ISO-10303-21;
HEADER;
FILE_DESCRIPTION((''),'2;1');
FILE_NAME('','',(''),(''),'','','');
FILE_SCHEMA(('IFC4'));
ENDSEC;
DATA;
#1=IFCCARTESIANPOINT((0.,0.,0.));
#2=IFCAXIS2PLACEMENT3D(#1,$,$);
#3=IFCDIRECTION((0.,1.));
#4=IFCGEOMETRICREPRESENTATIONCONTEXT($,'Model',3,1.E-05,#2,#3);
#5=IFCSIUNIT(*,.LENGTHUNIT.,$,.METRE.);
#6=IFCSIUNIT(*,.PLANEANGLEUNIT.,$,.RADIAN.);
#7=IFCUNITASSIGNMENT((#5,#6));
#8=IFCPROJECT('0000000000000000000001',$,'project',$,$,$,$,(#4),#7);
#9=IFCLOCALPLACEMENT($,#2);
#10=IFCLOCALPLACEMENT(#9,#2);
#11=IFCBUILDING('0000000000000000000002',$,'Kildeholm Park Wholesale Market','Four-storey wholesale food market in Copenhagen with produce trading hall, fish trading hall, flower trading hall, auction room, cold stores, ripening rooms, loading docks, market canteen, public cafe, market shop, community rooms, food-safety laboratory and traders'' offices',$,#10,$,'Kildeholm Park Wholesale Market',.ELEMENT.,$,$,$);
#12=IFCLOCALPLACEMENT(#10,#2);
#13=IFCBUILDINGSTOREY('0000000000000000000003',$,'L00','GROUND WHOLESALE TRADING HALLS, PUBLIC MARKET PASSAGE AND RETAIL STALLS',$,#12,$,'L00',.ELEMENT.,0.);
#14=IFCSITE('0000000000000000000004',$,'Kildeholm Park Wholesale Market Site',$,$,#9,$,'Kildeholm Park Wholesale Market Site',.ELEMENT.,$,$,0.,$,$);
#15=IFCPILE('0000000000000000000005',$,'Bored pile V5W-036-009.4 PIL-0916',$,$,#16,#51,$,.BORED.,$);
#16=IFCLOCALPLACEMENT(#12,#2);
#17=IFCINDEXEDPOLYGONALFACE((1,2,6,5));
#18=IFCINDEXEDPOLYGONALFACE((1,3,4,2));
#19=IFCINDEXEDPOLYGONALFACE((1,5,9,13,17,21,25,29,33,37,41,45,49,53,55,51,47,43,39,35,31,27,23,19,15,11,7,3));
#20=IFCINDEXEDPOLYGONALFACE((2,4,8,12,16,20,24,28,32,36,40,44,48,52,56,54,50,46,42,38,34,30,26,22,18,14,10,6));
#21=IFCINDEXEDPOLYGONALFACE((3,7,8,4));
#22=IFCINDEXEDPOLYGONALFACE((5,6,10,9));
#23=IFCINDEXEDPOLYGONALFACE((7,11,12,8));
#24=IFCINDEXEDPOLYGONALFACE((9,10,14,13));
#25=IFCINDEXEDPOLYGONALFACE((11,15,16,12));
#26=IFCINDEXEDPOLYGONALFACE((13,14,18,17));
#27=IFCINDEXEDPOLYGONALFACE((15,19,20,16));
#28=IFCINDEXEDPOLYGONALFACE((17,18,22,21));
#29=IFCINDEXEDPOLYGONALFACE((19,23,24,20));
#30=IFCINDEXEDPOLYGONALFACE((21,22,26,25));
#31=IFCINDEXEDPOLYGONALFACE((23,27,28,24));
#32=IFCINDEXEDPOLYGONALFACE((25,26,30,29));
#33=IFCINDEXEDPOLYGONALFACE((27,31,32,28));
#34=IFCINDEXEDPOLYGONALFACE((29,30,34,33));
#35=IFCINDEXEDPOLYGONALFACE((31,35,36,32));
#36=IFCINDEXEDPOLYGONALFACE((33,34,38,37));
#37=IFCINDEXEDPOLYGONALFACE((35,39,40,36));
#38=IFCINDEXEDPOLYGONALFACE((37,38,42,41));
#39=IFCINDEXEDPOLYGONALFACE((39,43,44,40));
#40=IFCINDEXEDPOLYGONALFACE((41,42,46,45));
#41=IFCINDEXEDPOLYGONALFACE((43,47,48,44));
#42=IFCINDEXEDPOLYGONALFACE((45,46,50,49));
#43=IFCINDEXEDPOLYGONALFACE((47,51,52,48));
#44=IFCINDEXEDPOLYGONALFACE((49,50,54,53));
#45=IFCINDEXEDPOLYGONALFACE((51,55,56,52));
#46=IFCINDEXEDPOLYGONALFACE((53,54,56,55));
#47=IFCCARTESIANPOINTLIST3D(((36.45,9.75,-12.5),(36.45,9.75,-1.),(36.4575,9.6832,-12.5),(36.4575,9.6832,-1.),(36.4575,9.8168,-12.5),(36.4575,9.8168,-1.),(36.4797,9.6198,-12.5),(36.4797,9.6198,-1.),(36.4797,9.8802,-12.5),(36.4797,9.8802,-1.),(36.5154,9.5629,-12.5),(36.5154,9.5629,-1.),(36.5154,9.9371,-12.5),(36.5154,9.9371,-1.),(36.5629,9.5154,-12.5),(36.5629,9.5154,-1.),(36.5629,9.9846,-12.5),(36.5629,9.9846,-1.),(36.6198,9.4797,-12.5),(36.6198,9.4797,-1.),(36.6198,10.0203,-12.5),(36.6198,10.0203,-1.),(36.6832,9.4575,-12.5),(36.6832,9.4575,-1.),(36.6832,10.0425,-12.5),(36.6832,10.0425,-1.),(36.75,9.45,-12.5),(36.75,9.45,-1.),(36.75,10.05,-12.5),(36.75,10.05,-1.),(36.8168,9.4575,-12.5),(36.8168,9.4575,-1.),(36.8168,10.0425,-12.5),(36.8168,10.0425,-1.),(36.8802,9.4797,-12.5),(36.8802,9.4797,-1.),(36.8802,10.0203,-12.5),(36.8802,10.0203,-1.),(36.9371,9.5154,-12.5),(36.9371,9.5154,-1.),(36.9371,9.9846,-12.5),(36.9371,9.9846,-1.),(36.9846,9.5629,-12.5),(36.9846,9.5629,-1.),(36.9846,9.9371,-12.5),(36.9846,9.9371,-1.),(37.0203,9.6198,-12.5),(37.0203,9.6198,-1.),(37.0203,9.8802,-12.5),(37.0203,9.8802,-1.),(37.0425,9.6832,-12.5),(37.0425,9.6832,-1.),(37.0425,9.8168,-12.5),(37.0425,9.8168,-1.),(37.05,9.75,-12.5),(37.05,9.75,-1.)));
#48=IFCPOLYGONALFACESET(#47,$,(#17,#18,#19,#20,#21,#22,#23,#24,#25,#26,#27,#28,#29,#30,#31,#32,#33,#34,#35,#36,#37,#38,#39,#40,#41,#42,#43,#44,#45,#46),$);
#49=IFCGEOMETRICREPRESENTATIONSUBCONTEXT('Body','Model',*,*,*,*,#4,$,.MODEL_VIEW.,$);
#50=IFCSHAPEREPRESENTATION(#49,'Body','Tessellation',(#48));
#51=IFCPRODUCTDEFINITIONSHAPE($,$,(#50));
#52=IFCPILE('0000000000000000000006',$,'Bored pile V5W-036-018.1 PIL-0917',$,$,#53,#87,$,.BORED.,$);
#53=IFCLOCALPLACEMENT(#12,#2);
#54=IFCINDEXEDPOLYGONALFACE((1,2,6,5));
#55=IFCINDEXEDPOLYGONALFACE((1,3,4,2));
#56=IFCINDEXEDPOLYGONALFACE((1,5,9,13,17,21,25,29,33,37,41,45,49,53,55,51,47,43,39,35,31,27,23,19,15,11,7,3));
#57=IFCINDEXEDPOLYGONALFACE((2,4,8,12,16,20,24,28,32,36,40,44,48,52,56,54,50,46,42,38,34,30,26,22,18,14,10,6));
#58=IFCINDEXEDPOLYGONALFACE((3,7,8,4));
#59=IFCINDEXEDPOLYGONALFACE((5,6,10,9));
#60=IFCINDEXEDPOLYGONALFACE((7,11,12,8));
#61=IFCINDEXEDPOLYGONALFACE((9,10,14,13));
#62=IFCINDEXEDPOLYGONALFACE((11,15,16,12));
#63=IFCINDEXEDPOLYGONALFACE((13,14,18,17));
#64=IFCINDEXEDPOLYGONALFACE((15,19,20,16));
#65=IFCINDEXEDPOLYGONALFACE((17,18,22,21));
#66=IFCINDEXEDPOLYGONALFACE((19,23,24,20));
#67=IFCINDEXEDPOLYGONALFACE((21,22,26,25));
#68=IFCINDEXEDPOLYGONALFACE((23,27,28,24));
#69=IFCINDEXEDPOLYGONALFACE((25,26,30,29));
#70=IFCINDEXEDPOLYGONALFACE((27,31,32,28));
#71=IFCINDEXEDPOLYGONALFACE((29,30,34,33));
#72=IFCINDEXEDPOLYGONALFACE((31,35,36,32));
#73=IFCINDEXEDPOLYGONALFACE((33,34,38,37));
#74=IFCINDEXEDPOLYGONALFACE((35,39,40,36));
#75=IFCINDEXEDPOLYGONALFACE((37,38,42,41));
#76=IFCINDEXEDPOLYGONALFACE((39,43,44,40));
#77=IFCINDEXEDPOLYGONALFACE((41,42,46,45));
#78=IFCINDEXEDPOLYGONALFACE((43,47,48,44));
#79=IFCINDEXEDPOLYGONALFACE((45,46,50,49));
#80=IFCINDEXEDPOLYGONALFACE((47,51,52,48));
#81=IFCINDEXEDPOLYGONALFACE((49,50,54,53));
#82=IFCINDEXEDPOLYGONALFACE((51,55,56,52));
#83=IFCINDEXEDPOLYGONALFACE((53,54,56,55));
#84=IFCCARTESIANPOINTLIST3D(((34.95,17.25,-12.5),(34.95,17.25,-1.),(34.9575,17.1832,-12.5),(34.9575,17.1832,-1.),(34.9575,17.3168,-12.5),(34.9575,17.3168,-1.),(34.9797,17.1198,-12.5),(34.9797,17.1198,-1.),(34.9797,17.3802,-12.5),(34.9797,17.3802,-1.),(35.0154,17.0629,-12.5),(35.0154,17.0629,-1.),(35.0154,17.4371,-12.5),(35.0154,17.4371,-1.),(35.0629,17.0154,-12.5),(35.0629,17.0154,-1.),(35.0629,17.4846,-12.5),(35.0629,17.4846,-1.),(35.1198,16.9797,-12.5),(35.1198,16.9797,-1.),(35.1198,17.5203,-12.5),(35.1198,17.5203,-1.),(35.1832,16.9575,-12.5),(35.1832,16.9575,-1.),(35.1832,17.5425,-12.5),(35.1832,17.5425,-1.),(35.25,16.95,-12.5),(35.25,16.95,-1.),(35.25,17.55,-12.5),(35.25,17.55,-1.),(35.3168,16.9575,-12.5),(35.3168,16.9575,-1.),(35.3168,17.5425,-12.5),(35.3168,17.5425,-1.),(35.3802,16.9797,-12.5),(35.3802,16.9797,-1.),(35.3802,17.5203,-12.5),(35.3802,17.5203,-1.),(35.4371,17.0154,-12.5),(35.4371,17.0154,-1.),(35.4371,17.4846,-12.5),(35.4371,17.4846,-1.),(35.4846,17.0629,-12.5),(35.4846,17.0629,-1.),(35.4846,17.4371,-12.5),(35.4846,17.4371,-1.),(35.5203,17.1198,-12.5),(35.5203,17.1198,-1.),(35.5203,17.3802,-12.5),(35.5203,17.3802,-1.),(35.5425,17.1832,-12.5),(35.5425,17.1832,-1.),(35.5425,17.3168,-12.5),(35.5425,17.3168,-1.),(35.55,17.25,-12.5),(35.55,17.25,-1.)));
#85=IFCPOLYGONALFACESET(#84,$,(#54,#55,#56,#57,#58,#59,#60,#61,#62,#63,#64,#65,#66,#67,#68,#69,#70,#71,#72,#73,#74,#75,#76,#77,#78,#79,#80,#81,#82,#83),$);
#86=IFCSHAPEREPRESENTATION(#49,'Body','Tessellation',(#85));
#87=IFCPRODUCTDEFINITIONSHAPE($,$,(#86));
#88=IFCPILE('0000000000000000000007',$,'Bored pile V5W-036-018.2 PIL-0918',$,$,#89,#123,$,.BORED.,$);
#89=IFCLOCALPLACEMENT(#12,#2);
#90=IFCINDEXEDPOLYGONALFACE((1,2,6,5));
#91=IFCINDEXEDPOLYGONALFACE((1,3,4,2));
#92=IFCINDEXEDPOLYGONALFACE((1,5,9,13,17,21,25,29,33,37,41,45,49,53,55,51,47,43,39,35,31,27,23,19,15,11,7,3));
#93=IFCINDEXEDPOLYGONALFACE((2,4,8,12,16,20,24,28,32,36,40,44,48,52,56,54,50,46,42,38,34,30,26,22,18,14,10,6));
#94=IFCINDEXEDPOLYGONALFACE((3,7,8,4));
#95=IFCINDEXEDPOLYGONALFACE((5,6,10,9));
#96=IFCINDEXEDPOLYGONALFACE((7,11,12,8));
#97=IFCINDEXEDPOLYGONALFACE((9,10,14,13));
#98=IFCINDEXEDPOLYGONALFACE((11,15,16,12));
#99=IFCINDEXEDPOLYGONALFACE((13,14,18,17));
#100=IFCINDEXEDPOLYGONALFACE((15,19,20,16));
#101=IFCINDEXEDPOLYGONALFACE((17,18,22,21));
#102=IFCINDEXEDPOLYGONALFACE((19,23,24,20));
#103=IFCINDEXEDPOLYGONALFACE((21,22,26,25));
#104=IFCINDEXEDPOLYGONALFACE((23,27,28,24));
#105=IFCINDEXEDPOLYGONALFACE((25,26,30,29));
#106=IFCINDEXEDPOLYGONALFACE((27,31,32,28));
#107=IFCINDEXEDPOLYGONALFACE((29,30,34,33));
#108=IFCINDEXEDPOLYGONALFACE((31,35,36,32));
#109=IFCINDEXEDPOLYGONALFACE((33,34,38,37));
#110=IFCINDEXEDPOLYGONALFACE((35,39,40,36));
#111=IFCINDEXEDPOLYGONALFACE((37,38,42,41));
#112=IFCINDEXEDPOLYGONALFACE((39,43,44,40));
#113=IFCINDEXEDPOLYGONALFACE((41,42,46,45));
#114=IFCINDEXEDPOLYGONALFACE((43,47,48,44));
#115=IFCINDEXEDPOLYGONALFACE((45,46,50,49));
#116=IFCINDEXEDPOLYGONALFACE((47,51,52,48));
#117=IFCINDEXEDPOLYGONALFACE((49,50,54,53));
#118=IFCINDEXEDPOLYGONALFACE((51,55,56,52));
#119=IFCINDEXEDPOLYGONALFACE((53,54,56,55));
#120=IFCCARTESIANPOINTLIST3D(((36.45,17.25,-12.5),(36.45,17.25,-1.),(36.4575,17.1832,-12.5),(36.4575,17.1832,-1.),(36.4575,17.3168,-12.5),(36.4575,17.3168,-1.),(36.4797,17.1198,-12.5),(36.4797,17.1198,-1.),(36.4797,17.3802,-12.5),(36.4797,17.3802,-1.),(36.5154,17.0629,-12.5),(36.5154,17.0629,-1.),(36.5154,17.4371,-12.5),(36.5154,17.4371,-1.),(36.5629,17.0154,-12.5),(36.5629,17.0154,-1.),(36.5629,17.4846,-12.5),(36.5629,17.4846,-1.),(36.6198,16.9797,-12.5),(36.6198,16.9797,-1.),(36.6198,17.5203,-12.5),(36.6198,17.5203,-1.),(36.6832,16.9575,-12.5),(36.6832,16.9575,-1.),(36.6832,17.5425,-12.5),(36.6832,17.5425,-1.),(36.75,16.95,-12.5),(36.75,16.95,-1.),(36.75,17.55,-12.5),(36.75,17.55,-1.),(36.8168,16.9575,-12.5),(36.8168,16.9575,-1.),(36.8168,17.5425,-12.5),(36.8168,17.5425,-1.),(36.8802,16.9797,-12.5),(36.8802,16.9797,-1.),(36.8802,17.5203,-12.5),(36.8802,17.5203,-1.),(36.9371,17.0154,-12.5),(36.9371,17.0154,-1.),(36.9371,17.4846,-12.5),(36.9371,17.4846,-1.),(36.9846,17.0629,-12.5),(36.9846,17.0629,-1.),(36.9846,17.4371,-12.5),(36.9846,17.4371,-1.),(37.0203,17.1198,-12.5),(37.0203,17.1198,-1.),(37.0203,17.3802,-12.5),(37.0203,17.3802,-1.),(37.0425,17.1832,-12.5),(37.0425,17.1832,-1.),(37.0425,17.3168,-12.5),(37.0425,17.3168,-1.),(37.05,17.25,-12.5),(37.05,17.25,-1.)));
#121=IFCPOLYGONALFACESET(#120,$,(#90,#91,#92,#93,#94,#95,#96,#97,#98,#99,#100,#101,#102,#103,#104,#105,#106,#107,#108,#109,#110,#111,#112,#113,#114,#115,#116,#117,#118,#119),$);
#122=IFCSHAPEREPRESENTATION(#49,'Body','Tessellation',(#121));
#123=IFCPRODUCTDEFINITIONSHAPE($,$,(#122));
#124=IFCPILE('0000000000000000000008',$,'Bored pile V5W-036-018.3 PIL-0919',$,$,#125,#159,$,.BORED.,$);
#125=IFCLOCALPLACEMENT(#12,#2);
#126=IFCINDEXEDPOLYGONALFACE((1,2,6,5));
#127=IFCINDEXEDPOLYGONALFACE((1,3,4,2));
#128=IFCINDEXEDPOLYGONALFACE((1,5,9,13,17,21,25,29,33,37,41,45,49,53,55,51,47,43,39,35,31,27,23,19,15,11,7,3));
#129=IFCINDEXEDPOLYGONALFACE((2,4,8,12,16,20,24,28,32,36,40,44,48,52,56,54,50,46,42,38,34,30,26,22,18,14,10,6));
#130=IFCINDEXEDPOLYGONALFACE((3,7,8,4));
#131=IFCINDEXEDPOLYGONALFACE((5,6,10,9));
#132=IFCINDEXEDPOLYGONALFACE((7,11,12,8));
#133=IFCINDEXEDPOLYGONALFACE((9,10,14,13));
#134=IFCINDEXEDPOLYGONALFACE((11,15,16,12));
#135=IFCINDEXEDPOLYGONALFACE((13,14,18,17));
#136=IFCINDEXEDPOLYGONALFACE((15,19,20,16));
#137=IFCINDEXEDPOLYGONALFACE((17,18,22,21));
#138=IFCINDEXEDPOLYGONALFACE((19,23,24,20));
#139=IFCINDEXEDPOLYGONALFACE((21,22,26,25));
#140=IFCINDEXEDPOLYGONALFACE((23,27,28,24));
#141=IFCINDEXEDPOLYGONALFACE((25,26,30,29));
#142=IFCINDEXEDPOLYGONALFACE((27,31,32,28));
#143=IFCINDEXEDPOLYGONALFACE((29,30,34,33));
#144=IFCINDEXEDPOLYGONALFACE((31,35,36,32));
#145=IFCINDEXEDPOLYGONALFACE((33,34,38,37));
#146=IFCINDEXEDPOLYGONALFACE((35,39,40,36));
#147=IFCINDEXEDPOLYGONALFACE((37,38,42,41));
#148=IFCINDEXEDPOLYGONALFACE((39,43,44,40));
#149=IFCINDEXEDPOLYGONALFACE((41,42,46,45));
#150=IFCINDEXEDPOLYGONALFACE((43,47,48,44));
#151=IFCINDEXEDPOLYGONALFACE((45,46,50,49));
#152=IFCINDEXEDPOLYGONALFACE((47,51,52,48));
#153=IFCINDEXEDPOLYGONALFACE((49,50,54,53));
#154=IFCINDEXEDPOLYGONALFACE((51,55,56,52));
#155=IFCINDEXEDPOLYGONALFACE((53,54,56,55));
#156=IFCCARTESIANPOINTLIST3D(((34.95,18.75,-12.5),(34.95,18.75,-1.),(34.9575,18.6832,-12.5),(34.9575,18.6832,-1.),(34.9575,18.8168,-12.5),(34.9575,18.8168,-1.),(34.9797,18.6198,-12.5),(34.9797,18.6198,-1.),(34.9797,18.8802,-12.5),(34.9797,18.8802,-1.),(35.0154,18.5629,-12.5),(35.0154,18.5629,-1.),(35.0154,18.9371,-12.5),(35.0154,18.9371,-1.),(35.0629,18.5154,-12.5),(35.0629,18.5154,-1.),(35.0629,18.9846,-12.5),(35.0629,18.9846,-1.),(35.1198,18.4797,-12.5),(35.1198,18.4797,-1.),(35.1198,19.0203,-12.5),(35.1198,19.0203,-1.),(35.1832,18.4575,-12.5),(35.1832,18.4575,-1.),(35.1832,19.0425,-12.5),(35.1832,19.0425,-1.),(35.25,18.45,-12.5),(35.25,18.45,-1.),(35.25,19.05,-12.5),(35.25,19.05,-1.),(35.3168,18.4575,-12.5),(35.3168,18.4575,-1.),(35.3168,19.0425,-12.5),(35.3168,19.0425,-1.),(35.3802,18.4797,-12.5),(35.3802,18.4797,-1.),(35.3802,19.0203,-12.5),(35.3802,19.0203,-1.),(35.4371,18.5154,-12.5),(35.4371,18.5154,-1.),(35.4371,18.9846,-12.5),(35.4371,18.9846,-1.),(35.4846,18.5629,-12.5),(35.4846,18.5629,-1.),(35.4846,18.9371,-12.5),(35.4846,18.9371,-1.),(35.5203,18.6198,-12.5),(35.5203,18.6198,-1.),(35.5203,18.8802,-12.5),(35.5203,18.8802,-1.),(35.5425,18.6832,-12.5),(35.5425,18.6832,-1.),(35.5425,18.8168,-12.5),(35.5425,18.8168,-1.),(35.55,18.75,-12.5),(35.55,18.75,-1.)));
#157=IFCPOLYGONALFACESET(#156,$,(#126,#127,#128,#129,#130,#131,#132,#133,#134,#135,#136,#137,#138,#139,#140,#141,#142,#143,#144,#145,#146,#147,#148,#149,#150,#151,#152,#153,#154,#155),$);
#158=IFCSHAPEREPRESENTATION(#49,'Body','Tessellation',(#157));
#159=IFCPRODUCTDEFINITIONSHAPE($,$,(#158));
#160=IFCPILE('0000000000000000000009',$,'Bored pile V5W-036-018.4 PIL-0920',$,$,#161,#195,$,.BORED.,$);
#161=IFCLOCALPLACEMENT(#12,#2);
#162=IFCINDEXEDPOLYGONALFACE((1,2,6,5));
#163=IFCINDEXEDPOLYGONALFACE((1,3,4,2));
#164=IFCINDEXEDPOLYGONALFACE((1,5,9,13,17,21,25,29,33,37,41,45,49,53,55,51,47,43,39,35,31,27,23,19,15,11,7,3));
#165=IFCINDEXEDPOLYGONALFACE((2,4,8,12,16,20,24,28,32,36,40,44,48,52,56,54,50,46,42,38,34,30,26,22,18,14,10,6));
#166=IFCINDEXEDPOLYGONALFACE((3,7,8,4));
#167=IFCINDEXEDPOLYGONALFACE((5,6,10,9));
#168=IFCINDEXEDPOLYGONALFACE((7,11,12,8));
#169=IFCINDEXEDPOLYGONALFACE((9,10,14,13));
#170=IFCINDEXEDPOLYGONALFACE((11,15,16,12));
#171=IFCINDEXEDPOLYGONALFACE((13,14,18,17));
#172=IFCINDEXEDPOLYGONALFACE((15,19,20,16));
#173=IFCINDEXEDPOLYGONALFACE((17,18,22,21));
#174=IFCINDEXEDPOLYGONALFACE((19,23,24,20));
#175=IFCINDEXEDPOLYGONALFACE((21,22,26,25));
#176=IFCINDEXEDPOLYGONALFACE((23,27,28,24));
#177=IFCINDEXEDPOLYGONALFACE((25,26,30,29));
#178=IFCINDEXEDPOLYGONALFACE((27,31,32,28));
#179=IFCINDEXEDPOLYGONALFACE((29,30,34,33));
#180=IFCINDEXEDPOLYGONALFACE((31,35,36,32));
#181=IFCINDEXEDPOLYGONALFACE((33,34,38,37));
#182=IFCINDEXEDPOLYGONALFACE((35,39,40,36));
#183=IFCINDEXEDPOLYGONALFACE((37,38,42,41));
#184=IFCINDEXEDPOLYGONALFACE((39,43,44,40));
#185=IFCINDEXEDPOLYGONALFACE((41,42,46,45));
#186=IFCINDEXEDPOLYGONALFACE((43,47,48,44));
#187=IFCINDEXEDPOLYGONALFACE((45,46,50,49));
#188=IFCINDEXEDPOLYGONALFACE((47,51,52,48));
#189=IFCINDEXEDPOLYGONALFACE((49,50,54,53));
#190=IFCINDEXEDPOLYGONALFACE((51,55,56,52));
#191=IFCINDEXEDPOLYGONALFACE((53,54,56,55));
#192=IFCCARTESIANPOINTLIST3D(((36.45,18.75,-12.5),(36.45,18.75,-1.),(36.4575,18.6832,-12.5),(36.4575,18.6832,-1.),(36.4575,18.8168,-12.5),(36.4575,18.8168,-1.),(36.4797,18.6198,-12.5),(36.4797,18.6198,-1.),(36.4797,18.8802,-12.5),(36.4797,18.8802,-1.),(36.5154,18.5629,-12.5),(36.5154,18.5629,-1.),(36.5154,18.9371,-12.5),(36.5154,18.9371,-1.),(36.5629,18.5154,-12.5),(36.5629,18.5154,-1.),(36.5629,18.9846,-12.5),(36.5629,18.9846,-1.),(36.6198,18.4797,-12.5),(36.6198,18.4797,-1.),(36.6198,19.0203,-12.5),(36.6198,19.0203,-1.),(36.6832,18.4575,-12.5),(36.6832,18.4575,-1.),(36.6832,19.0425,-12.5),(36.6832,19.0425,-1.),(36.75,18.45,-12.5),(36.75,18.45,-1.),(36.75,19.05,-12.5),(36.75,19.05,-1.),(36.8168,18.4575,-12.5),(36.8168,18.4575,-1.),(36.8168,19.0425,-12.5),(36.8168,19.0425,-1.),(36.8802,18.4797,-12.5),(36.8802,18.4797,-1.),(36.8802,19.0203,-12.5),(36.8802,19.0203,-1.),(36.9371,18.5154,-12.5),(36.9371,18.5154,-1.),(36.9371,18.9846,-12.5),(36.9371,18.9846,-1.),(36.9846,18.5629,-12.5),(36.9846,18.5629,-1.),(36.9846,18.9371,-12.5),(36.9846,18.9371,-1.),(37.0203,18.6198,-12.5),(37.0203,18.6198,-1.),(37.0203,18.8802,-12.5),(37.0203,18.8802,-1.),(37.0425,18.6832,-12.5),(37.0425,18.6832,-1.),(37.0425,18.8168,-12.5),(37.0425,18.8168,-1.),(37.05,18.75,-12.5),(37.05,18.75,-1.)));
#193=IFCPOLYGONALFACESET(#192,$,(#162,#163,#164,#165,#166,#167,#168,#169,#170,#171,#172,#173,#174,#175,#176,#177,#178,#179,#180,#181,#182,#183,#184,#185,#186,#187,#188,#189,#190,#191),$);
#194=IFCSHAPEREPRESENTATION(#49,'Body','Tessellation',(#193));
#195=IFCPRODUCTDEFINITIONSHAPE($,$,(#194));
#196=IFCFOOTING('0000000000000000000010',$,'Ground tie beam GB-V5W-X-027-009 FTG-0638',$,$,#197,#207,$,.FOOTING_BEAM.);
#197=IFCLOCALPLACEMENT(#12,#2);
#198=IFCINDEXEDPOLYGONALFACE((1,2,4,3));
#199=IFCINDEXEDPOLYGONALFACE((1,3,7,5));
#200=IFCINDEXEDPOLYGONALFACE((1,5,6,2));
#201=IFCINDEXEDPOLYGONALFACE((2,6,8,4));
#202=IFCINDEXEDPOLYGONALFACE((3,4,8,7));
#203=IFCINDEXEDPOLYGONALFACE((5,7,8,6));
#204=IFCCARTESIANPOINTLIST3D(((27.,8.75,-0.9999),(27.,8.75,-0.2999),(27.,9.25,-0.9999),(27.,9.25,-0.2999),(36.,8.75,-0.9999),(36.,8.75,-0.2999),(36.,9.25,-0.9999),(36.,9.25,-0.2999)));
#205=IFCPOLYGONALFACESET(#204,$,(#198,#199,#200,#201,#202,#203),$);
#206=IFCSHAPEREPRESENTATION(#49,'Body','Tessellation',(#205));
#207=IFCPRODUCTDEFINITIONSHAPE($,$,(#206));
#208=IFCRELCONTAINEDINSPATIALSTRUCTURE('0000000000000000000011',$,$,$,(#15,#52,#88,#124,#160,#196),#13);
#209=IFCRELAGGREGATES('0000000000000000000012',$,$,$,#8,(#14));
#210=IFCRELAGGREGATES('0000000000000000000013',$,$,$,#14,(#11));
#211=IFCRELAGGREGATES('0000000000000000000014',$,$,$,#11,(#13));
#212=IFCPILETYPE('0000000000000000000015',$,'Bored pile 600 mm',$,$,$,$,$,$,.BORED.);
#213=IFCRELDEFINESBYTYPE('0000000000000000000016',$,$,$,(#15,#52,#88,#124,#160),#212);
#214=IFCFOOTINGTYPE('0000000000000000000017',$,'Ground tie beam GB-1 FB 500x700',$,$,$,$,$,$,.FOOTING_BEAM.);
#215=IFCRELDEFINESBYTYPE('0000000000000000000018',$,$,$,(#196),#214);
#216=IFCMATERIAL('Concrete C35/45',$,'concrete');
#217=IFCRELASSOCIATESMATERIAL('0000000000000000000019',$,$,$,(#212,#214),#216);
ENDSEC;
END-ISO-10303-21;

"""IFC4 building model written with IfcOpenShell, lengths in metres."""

from ifc_helpers import new_model, si_unit, direction, frame, origin, origin_2d, place, context, subcontext, project, spatial, rectangle, circle, extrude, material, material_profile, profile_set, type_object, element, save


model = new_model("IFC4")

# Units and contexts
model_context = context("Model", 3, precision=1e-05, world=origin(), true_north=direction((0.0, 1.0)))
body_context = subcontext(model_context, "Body", "Model", "MODEL_VIEW")
ifc_project = project(units=[si_unit("LENGTHUNIT", "METRE"), si_unit("PLANEANGLEUNIT", "RADIAN")], contexts=[model_context])

# Site, building, storey
site_placement = place(None, origin())
site = spatial("IfcSite", under=ifc_project, at=site_placement, Name="Kildeholm Park Wholesale Market Site", LongName="Kildeholm Park Wholesale Market Site", CompositionType="ELEMENT", RefElevation=0.0)
building_placement = place(site_placement, origin())
building = spatial("IfcBuilding", under=site, at=building_placement, Name="Kildeholm Park Wholesale Market", Description="Four-storey wholesale food market in Copenhagen with produce trading hall, fish trading hall, flower trading hall, auction room, cold stores, ripening rooms, loading docks, market canteen, public cafe, market shop, community rooms, food-safety laboratory and traders' offices", LongName="Kildeholm Park Wholesale Market", CompositionType="ELEMENT")
storey_placement = place(building_placement, origin())
storey = spatial("IfcBuildingStorey", under=building, at=storey_placement, Name="L00", Description="GROUND WHOLESALE TRADING HALLS, PUBLIC MARKET PASSAGE AND RETAIL STALLS", LongName="L00", CompositionType="ELEMENT", Elevation=0.0)

# Piles
ifc_material_1 = material(Name="Concrete C35/45", Category="concrete")
ifc_material_profile_1 = material_profile(ifc_material_1, circle(Radius=0.3, at=origin_2d()), Name="PILE D600")
ifc_profile_set_1 = profile_set([ifc_material_profile_1], Name="Concrete C35/45")
pile_type = type_object("IfcPileType", Name="Bored pile 600 mm", PredefinedType="BORED", material=ifc_profile_set_1)
for number, where, z_axis, x_axis, name in (
    (1, (36.75, 9.75, -1.0), (0.0, 0.0, -1.0), (1.0, 0.0, 0.0), "Bored pile V5W-036-009.4 PIL-0916"),
    (2, (35.25, 17.25, -1.0), (0.0, 0.0, -1.0), (1.0, 0.0, 0.0), "Bored pile V5W-036-018.1 PIL-0917"),
    (3, (36.75, 17.25, -1.0), (0.0, 0.0, -1.0), (1.0, 0.0, 0.0), "Bored pile V5W-036-018.2 PIL-0918"),
    (4, (35.25, 18.75, -1.0), (0.0, 0.0, -1.0), (1.0, 0.0, 0.0), "Bored pile V5W-036-018.3 PIL-0919"),
    (5, (36.75, 18.75, -1.0), (0.0, 0.0, -1.0), (1.0, 0.0, 0.0), "Bored pile V5W-036-018.4 PIL-0920"),
):
    element("IfcPile", number, at=place(storey_placement, frame(where, z_axis=z_axis, x_axis=x_axis)), inside=storey, type_object=pile_type, Name=name, PredefinedType="BORED", context=body_context, shape_type="SweptSolid", body=[
        extrude(circle(Radius=0.3, at=origin_2d()), origin(), (0.0, 0.0, 1.0), 11.5),
    ])

# Footing
ifc_material_profile_2 = material_profile(ifc_material_1, rectangle(XDim=0.5, YDim=0.7, at=origin_2d()), Name="FB 500x700")
ifc_profile_set_2 = profile_set([ifc_material_profile_2], Name="Concrete C35/45")
footing_type_1 = type_object("IfcFootingType", Name="Ground tie beam GB-1 FB 500x700", PredefinedType="FOOTING_BEAM", material=ifc_profile_set_2)
for number, where, z_axis, x_axis, name in (
    (6, (27.0, 9.0, -0.6499), (1.0, 0.0, 0.0), (0.0, 1.0, 0.0), "Ground tie beam GB-V5W-X-027-009 FTG-0638"),
):
    element("IfcFooting", number, at=place(storey_placement, frame(where, z_axis=z_axis, x_axis=x_axis)), inside=storey, type_object=footing_type_1, Name=name, PredefinedType="FOOTING_BEAM", context=body_context, shape_type="SweptSolid", body=[
        extrude(rectangle(XDim=0.5, YDim=0.7, at=origin_2d()), origin(), (0.0, 0.0, 1.0), 9.0),
    ])

save(model, "model.ifc")
